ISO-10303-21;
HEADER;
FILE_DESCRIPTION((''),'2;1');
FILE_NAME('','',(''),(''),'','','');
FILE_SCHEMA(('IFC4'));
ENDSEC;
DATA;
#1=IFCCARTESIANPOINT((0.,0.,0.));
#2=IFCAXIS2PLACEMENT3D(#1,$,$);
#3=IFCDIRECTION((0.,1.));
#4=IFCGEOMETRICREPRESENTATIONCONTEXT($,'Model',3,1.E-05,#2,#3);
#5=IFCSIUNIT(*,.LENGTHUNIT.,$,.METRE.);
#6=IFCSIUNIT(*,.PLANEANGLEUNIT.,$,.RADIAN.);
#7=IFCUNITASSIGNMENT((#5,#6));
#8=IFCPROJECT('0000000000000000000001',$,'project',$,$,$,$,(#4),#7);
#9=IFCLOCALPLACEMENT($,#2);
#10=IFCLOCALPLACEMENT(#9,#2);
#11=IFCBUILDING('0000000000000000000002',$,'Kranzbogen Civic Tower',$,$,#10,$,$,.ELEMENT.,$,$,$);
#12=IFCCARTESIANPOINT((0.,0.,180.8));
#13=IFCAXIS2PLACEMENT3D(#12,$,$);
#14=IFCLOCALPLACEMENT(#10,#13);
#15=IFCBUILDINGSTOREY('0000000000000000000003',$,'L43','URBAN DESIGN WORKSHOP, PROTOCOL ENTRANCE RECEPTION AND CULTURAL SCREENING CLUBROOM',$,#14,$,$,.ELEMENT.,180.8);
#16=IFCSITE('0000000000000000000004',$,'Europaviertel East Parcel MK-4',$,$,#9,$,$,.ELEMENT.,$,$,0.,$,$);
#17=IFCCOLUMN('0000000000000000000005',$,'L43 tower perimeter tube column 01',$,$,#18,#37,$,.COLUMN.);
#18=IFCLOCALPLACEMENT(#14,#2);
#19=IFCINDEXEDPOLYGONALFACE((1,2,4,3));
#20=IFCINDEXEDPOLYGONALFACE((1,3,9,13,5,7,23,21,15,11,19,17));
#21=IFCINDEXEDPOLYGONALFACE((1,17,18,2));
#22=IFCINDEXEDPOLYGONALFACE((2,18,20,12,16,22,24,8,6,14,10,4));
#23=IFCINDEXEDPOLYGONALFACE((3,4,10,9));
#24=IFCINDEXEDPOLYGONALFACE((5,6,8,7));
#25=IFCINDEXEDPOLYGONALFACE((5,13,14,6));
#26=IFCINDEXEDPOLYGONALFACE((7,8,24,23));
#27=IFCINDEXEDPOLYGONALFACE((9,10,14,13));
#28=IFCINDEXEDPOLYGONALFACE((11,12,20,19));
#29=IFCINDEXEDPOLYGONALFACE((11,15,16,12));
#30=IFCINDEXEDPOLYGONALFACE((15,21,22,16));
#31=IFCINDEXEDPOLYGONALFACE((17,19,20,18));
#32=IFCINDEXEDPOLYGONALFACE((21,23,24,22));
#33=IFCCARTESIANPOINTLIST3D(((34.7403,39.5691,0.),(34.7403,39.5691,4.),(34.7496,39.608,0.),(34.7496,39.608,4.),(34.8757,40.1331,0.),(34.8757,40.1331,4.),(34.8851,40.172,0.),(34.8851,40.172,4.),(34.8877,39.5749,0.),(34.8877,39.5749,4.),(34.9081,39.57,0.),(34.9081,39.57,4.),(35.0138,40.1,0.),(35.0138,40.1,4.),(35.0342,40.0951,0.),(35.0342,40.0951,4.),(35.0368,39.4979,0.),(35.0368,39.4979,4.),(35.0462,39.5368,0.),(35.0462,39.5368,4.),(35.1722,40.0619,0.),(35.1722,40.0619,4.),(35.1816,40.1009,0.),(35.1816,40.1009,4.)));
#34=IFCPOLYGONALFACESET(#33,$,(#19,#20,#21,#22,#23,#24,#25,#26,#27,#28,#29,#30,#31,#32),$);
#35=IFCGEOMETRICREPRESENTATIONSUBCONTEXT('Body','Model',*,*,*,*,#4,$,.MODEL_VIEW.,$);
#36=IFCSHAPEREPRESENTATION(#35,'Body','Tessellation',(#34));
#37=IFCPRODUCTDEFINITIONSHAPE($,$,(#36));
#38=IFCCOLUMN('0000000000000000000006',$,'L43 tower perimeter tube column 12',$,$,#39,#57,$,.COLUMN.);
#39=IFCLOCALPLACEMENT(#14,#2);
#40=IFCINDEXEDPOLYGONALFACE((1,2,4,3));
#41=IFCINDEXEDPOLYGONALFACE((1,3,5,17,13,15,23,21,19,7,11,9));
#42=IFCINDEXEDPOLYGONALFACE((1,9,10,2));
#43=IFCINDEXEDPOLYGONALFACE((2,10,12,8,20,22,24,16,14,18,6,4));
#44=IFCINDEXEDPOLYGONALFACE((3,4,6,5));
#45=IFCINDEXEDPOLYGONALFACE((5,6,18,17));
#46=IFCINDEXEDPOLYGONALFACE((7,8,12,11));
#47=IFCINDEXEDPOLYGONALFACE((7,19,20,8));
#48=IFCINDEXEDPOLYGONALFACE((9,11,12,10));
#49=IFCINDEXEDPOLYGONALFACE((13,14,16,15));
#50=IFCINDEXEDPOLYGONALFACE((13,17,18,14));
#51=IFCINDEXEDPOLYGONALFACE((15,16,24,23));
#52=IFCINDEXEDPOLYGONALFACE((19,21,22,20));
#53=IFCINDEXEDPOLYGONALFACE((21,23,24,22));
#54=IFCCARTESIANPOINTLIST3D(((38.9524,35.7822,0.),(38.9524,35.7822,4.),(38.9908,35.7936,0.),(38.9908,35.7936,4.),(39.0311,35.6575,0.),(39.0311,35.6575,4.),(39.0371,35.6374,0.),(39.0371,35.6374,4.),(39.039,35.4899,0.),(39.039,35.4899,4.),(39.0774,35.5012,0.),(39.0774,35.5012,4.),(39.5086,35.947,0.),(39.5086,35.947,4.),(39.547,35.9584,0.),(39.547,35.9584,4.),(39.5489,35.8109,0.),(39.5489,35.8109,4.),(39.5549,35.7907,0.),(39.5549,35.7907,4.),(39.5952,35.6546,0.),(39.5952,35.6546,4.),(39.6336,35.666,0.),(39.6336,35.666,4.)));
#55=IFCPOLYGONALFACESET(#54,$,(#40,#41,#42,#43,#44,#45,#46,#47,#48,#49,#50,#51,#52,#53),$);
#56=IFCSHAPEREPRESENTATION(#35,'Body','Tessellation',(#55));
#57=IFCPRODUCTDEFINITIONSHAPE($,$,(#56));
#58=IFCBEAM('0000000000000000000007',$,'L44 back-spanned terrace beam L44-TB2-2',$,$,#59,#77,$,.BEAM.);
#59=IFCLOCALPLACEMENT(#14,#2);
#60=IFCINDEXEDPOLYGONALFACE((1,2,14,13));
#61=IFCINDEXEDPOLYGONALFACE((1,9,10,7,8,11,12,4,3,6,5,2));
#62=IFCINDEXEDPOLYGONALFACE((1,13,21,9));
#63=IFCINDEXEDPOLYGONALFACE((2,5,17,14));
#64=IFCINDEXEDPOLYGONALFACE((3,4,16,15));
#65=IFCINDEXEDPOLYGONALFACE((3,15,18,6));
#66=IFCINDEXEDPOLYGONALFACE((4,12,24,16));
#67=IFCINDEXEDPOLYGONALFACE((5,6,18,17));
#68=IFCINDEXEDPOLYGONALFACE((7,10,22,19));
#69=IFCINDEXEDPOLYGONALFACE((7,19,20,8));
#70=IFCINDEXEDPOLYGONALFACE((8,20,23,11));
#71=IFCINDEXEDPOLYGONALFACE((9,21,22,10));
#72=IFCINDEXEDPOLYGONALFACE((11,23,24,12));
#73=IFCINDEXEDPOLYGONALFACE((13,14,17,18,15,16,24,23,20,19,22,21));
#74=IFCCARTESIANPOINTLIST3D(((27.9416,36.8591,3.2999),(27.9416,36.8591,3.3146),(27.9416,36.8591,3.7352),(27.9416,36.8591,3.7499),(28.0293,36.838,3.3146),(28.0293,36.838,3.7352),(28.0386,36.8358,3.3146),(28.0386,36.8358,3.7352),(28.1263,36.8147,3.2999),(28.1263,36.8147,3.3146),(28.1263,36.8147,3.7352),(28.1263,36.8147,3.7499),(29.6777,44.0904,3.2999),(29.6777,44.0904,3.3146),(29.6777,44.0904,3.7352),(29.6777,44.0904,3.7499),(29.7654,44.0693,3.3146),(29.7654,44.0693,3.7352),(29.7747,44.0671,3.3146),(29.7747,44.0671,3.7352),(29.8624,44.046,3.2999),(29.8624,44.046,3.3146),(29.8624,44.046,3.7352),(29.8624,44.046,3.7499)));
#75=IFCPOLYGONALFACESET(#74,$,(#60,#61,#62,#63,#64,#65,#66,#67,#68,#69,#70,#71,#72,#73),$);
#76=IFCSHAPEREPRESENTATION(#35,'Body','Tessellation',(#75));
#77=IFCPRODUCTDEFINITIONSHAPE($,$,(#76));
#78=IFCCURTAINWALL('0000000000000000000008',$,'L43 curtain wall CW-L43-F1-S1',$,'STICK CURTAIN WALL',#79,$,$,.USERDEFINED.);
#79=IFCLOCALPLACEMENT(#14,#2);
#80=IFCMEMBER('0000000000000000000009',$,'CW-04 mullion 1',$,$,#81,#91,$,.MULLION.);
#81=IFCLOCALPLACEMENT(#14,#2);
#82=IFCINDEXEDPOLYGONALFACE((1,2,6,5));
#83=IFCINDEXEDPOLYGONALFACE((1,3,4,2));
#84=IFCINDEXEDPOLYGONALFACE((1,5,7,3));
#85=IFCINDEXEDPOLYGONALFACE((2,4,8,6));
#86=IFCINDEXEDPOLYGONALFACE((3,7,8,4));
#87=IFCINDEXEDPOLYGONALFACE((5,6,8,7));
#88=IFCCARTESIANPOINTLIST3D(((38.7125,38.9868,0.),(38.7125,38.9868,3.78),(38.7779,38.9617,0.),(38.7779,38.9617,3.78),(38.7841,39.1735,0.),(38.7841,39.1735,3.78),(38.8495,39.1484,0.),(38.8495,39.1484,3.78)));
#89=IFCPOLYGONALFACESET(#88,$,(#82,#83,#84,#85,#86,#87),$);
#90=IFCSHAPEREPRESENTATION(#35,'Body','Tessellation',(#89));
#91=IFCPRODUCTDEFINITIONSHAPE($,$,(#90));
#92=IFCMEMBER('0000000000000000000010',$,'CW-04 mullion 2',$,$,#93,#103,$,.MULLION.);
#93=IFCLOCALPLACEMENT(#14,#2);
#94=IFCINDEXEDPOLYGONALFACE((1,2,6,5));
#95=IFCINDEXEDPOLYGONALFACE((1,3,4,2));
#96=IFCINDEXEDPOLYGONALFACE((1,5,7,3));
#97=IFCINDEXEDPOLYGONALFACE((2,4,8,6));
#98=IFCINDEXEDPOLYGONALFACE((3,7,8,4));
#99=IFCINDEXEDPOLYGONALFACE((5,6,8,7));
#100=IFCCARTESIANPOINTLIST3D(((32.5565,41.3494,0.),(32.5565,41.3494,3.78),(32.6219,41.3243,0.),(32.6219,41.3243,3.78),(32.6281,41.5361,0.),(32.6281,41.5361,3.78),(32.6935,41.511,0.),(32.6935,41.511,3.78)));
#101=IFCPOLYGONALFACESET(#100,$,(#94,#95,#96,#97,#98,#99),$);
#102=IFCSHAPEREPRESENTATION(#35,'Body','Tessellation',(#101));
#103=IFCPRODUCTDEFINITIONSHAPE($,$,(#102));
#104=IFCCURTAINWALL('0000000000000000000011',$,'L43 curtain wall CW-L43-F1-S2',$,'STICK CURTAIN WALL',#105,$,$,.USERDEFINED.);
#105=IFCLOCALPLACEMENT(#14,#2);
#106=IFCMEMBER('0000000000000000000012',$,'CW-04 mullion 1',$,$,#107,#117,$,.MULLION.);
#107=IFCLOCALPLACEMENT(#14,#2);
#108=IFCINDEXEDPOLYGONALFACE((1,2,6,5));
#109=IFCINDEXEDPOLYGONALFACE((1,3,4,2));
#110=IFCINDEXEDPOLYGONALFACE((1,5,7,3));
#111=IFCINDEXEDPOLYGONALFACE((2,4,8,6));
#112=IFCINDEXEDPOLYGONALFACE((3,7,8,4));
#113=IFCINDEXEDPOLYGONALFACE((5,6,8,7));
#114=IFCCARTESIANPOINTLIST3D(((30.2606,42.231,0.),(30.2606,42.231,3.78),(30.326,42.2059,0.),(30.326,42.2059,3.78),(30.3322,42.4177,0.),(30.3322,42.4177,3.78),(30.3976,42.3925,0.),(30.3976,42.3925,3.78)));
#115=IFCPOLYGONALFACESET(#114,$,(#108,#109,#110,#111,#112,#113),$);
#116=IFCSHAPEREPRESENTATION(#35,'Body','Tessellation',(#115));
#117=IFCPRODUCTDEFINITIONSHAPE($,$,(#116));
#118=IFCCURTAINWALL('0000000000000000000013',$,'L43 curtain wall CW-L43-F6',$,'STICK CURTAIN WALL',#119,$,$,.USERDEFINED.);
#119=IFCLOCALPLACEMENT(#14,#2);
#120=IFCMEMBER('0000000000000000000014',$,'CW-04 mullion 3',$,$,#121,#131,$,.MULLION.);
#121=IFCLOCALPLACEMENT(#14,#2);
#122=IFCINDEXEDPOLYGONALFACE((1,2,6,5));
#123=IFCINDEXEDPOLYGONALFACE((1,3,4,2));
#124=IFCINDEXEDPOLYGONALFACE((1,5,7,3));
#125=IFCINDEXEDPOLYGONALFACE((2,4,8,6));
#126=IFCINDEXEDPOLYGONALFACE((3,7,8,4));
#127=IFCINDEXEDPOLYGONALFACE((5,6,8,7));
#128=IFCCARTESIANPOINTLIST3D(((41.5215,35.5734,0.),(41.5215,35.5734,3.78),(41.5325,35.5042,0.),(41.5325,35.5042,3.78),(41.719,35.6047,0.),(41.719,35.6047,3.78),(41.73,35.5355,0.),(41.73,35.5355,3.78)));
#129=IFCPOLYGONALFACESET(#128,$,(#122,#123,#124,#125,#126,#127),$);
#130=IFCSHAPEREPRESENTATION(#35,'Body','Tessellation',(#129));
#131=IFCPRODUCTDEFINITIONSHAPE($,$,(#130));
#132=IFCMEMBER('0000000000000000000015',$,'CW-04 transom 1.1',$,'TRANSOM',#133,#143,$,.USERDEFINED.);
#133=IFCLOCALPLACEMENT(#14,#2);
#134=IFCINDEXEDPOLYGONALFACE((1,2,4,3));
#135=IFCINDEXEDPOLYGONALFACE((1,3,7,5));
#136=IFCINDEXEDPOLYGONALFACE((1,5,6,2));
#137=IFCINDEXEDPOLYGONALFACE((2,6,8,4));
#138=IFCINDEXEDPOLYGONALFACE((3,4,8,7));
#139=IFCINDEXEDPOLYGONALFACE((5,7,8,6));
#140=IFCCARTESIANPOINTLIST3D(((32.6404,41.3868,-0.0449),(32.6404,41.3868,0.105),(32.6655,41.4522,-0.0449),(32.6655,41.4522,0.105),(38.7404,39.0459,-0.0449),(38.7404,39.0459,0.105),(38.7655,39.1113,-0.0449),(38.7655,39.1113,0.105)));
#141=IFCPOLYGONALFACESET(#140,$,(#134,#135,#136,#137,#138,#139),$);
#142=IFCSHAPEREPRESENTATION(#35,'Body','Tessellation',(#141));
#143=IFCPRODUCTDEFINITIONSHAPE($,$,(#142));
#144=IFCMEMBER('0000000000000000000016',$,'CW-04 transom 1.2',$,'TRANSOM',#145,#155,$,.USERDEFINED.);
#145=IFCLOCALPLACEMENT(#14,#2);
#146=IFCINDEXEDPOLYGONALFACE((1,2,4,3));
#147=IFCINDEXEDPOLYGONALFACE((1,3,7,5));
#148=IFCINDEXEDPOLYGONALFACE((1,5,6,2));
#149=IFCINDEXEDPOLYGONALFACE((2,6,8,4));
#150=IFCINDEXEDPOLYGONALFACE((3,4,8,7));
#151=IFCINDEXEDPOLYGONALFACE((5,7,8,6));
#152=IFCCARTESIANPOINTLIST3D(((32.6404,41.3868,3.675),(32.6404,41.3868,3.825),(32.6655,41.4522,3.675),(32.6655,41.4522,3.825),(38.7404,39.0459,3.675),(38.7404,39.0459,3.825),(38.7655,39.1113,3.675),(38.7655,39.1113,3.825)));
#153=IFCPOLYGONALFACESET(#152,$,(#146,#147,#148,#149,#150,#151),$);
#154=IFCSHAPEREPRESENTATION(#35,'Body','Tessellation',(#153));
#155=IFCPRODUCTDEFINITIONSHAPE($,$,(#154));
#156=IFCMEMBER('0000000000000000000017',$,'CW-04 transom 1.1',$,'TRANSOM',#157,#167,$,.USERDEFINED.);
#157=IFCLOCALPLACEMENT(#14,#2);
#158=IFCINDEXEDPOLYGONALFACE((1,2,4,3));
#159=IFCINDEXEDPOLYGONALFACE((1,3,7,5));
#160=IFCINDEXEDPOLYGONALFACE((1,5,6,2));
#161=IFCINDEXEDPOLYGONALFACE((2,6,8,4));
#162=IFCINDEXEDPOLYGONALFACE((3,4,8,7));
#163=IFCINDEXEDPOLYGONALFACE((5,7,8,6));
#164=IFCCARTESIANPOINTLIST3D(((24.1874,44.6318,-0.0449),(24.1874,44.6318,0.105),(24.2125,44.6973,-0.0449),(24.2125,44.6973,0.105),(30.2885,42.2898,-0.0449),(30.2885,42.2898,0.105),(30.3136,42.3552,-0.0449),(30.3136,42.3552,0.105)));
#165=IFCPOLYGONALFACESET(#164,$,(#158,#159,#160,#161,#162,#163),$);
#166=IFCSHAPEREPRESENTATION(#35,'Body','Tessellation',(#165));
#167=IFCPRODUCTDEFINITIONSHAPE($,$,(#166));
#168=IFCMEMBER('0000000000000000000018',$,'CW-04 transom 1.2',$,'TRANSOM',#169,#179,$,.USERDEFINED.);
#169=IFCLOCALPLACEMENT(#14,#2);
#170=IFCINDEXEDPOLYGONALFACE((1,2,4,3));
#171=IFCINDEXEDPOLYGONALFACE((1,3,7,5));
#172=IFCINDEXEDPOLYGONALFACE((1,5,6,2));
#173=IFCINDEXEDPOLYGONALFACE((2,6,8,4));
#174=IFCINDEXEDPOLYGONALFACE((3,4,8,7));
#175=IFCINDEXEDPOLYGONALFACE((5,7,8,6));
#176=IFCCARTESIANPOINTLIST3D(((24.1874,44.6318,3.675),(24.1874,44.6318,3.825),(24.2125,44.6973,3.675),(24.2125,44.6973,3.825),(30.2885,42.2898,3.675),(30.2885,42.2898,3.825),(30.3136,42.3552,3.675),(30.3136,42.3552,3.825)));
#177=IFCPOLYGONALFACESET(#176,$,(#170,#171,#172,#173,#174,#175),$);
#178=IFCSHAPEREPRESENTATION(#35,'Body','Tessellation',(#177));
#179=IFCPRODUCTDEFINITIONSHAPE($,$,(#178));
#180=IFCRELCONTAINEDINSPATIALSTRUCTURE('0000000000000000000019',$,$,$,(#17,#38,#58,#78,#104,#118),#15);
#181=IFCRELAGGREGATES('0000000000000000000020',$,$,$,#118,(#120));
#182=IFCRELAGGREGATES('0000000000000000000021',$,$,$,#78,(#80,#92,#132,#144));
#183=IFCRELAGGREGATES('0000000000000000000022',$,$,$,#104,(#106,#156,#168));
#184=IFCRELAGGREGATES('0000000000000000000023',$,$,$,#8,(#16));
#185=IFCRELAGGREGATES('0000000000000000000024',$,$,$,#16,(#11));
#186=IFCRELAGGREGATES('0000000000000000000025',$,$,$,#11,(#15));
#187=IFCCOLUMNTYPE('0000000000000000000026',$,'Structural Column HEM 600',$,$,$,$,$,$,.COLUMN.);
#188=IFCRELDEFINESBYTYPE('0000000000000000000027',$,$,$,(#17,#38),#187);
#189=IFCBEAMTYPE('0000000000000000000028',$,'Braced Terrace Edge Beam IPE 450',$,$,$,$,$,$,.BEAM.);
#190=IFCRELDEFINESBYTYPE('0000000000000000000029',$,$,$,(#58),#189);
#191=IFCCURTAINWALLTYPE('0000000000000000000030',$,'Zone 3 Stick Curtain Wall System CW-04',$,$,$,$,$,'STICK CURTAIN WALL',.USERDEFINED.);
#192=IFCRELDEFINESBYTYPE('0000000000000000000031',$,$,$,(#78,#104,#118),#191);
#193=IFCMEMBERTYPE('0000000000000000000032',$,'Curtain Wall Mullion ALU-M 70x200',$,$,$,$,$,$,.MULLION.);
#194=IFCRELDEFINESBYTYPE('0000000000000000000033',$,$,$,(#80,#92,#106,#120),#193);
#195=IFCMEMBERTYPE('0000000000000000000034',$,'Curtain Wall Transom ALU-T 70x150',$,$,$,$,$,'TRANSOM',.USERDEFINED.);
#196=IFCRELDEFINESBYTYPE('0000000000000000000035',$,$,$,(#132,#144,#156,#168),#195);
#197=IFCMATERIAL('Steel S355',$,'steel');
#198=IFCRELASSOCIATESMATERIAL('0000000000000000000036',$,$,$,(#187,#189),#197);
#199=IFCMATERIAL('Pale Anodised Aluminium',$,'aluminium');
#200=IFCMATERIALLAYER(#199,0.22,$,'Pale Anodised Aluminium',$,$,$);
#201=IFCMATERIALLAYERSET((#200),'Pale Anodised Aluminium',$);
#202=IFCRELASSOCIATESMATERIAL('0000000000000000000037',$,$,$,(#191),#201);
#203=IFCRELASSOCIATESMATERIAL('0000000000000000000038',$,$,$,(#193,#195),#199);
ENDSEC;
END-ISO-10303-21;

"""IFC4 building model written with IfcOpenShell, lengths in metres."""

from ifc_helpers import new_model, si_unit, direction, frame, origin, origin_2d, place, context, subcontext, project, spatial, rectangle, i_section, extrude, material, layer, layer_set, material_profile, profile_set, type_object, element, aggregate, save


model = new_model("IFC4")

# Units and contexts
model_context = context("Model", 3, precision=1e-05, world=origin(), true_north=direction((0.0, 1.0)))
body_context = subcontext(model_context, "Body", "Model", "MODEL_VIEW")
ifc_project = project(units=[si_unit("LENGTHUNIT", "METRE"), si_unit("PLANEANGLEUNIT", "RADIAN")], contexts=[model_context])

# Site, building, storey
site_placement = place(None, origin())
site = spatial("IfcSite", under=ifc_project, at=site_placement, Name="Europaviertel East Parcel MK-4", CompositionType="ELEMENT", RefElevation=0.0)
building_placement = place(site_placement, origin())
building = spatial("IfcBuilding", under=site, at=building_placement, Name="Kranzbogen Civic Tower", CompositionType="ELEMENT")
storey_placement = place(building_placement, frame((0.0, 0.0, 180.8)))
storey = spatial("IfcBuildingStorey", under=building, at=storey_placement, Name="L43", Description="URBAN DESIGN WORKSHOP, PROTOCOL ENTRANCE RECEPTION AND CULTURAL SCREENING CLUBROOM", CompositionType="ELEMENT", Elevation=180.8)

# Columns
ifc_material_1 = material(Name="Steel S355", Category="steel")
ifc_material_profile_1 = material_profile(ifc_material_1, i_section(OverallWidth=0.3049, OverallDepth=0.6201, WebThickness=0.021, FlangeThickness=0.04, at=origin_2d()), Name="HEM 600")
ifc_profile_set_1 = profile_set([ifc_material_profile_1], Name="Steel S355")
column_type = type_object("IfcColumnType", Name="Structural Column HEM 600", PredefinedType="COLUMN", material=ifc_profile_set_1)
for number, where, z_axis, x_axis, name in (
    (1, (34.9609, 39.835, 0.0), (0.0, 0.0, 1.0), (-0.97237, 0.233445, 0.0), "L43 tower perimeter tube column 01"),
    (2, (39.293, 35.7241, 0.0), (0.0, 0.0, 1.0), (-0.284015, 0.95882, 0.0), "L43 tower perimeter tube column 12"),
):
    element("IfcColumn", number, at=place(storey_placement, frame(where, z_axis=z_axis, x_axis=x_axis)), inside=storey, type_object=column_type, Name=name, PredefinedType="COLUMN", context=body_context, shape_type="SweptSolid", body=[
        extrude(i_section(OverallWidth=0.3049, OverallDepth=0.6201, WebThickness=0.021, FlangeThickness=0.04, at=origin_2d()), origin(), (0.0, 0.0, 1.0), 4.0),
    ])

# Beam
ifc_material_profile_2 = material_profile(ifc_material_1, i_section(OverallWidth=0.1899, OverallDepth=0.45, WebThickness=0.0095, FlangeThickness=0.0146, at=origin_2d()), Name="IPE 450")
ifc_profile_set_2 = profile_set([ifc_material_profile_2], Name="Steel S355")
beam_type_1 = type_object("IfcBeamType", Name="Braced Terrace Edge Beam IPE 450", PredefinedType="BEAM", material=ifc_profile_set_2)
beam_1_placement = place(storey_placement, frame((28.0339, 36.8369, 3.5249), z_axis=(0.233449, 0.972369, 0.0), x_axis=(-0.972369, 0.233449, 0.0)))
element("IfcBeam", 3, at=beam_1_placement, inside=storey, type_object=beam_type_1, Name="L44 back-spanned terrace beam L44-TB2-2", PredefinedType="BEAM", context=body_context, shape_type="SweptSolid", body=[
    extrude(i_section(OverallWidth=0.1899, OverallDepth=0.45, WebThickness=0.0095, FlangeThickness=0.0146, at=origin_2d()), origin(), (0.0, 0.0, 1.0), 7.4368),
])

# Curtain wall, members
ifc_material_2 = material(Name="Pale Anodised Aluminium", Category="aluminium")
ifc_layer_1 = layer(ifc_material_2, 0.22, Name="Pale Anodised Aluminium")
ifc_layer_set_1 = layer_set([ifc_layer_1], Name="Pale Anodised Aluminium")
curtain_wall_type = type_object("IfcCurtainWallType", Name="Zone 3 Stick Curtain Wall System CW-04", ElementType="STICK CURTAIN WALL", PredefinedType="USERDEFINED", material=ifc_layer_set_1)
curtain_wall_1_placement = place(storey_placement, origin())
curtain_wall_1 = element("IfcCurtainWall", 4, at=curtain_wall_1_placement, inside=storey, type_object=curtain_wall_type, Name="L43 curtain wall CW-L43-F1-S1", ObjectType="STICK CURTAIN WALL", PredefinedType="USERDEFINED")
ifc_material_profile_3 = material_profile(ifc_material_2, rectangle(XDim=0.0701, YDim=0.2, at=origin_2d()), Name="ALU-M 70x200")
ifc_profile_set_3 = profile_set([ifc_material_profile_3], Name="Pale Anodised Aluminium")
member_type_1 = type_object("IfcMemberType", Name="Curtain Wall Mullion ALU-M 70x200", PredefinedType="MULLION", material=ifc_profile_set_3)
member_1_placement = place(storey_placement, frame((38.781, 39.0676, 0.0), z_axis=(0.0, 0.0, 1.0), x_axis=(-0.933609, 0.358294, 0.0)))
member_1 = element("IfcMember", 5, at=member_1_placement, type_object=member_type_1, Name="CW-04 mullion 1", PredefinedType="MULLION", context=body_context, shape_type="SweptSolid", body=[
    extrude(rectangle(XDim=0.0701, YDim=0.2, at=origin_2d()), origin(), (0.0, 0.0, 1.0), 3.78),
])
member_2_placement = place(storey_placement, frame((32.625, 41.4302, 0.0), z_axis=(0.0, 0.0, 1.0), x_axis=(-0.933609, 0.358294, 0.0)))
member_2 = element("IfcMember", 6, at=member_2_placement, type_object=member_type_1, Name="CW-04 mullion 2", PredefinedType="MULLION", context=body_context, shape_type="SweptSolid", body=[
    extrude(rectangle(XDim=0.0701, YDim=0.2, at=origin_2d()), origin(), (0.0, 0.0, 1.0), 3.78),
])

# Curtain walls, members
curtain_wall_2_placement = place(storey_placement, origin())
curtain_wall_2 = element("IfcCurtainWall", 7, at=curtain_wall_2_placement, inside=storey, type_object=curtain_wall_type, Name="L43 curtain wall CW-L43-F1-S2", ObjectType="STICK CURTAIN WALL", PredefinedType="USERDEFINED")
member_3_placement = place(storey_placement, frame((30.3291, 42.3118, 0.0), z_axis=(0.0, 0.0, 1.0), x_axis=(-0.933578, 0.358375, 0.0)))
member_3 = element("IfcMember", 8, at=member_3_placement, type_object=member_type_1, Name="CW-04 mullion 1", PredefinedType="MULLION", context=body_context, shape_type="SweptSolid", body=[
    extrude(rectangle(XDim=0.0701, YDim=0.2, at=origin_2d()), origin(), (0.0, 0.0, 1.0), 3.78),
])
curtain_wall_3_placement = place(storey_placement, origin())
curtain_wall_3 = element("IfcCurtainWall", 9, at=curtain_wall_3_placement, inside=storey, type_object=curtain_wall_type, Name="L43 curtain wall CW-L43-F6", ObjectType="STICK CURTAIN WALL", PredefinedType="USERDEFINED")
member_4_placement = place(storey_placement, frame((41.6257, 35.5544, 0.0), z_axis=(0.0, 0.0, 1.0), x_axis=(-0.156361, 0.9877, 0.0)))
member_4 = element("IfcMember", 10, at=member_4_placement, type_object=member_type_1, Name="CW-04 mullion 3", PredefinedType="MULLION", context=body_context, shape_type="SweptSolid", body=[
    extrude(rectangle(XDim=0.0701, YDim=0.2, at=origin_2d()), origin(), (0.0, 0.0, 1.0), 3.78),
])
aggregate(curtain_wall_3, [member_4])

# Members
ifc_material_profile_4 = material_profile(ifc_material_2, rectangle(XDim=0.0701, YDim=0.1499, at=origin_2d()), Name="ALU-T 70x150")
ifc_profile_set_4 = profile_set([ifc_material_profile_4], Name="Pale Anodised Aluminium")
member_type_2 = type_object("IfcMemberType", Name="Curtain Wall Transom ALU-T 70x150", ElementType="TRANSOM", PredefinedType="USERDEFINED", material=ifc_profile_set_4)
member_5_placement = place(storey_placement, frame((38.7529, 39.0786, 0.03), z_axis=(-0.933616, 0.358275, 0.0), x_axis=(-0.358275, -0.933616, 0.0)))
member_5 = element("IfcMember", 11, at=member_5_placement, type_object=member_type_2, Name="CW-04 transom 1.1", ObjectType="TRANSOM", PredefinedType="USERDEFINED", context=body_context, shape_type="SweptSolid", body=[
    extrude(rectangle(XDim=0.0701, YDim=0.1499, at=origin_2d()), origin(), (0.0, 0.0, 1.0), 6.5337),
])
member_6_placement = place(storey_placement, frame((38.7529, 39.0786, 3.75), z_axis=(-0.933616, 0.358275, 0.0), x_axis=(-0.358275, -0.933616, 0.0)))
member_6 = element("IfcMember", 12, at=member_6_placement, type_object=member_type_2, Name="CW-04 transom 1.2", ObjectType="TRANSOM", PredefinedType="USERDEFINED", context=body_context, shape_type="SweptSolid", body=[
    extrude(rectangle(XDim=0.0701, YDim=0.1499, at=origin_2d()), origin(), (0.0, 0.0, 1.0), 6.5337),
])
member_7_placement = place(storey_placement, frame((30.301, 42.3225, 0.03), z_axis=(-0.933577, 0.358376, 0.0), x_axis=(-0.358376, -0.933577, 0.0)))
member_7 = element("IfcMember", 13, at=member_7_placement, type_object=member_type_2, Name="CW-04 transom 1.1", ObjectType="TRANSOM", PredefinedType="USERDEFINED", context=body_context, shape_type="SweptSolid", body=[
    extrude(rectangle(XDim=0.0701, YDim=0.1499, at=origin_2d()), origin(), (0.0, 0.0, 1.0), 6.5352),
])
member_8_placement = place(storey_placement, frame((30.301, 42.3225, 3.75), z_axis=(-0.933577, 0.358376, 0.0), x_axis=(-0.358376, -0.933577, 0.0)))
member_8 = element("IfcMember", 14, at=member_8_placement, type_object=member_type_2, Name="CW-04 transom 1.2", ObjectType="TRANSOM", PredefinedType="USERDEFINED", context=body_context, shape_type="SweptSolid", body=[
    extrude(rectangle(XDim=0.0701, YDim=0.1499, at=origin_2d()), origin(), (0.0, 0.0, 1.0), 6.5352),
])

aggregate(curtain_wall_1, [member_1, member_2, member_5, member_6])
aggregate(curtain_wall_2, [member_3, member_7, member_8])

save(model, "model.ifc")
